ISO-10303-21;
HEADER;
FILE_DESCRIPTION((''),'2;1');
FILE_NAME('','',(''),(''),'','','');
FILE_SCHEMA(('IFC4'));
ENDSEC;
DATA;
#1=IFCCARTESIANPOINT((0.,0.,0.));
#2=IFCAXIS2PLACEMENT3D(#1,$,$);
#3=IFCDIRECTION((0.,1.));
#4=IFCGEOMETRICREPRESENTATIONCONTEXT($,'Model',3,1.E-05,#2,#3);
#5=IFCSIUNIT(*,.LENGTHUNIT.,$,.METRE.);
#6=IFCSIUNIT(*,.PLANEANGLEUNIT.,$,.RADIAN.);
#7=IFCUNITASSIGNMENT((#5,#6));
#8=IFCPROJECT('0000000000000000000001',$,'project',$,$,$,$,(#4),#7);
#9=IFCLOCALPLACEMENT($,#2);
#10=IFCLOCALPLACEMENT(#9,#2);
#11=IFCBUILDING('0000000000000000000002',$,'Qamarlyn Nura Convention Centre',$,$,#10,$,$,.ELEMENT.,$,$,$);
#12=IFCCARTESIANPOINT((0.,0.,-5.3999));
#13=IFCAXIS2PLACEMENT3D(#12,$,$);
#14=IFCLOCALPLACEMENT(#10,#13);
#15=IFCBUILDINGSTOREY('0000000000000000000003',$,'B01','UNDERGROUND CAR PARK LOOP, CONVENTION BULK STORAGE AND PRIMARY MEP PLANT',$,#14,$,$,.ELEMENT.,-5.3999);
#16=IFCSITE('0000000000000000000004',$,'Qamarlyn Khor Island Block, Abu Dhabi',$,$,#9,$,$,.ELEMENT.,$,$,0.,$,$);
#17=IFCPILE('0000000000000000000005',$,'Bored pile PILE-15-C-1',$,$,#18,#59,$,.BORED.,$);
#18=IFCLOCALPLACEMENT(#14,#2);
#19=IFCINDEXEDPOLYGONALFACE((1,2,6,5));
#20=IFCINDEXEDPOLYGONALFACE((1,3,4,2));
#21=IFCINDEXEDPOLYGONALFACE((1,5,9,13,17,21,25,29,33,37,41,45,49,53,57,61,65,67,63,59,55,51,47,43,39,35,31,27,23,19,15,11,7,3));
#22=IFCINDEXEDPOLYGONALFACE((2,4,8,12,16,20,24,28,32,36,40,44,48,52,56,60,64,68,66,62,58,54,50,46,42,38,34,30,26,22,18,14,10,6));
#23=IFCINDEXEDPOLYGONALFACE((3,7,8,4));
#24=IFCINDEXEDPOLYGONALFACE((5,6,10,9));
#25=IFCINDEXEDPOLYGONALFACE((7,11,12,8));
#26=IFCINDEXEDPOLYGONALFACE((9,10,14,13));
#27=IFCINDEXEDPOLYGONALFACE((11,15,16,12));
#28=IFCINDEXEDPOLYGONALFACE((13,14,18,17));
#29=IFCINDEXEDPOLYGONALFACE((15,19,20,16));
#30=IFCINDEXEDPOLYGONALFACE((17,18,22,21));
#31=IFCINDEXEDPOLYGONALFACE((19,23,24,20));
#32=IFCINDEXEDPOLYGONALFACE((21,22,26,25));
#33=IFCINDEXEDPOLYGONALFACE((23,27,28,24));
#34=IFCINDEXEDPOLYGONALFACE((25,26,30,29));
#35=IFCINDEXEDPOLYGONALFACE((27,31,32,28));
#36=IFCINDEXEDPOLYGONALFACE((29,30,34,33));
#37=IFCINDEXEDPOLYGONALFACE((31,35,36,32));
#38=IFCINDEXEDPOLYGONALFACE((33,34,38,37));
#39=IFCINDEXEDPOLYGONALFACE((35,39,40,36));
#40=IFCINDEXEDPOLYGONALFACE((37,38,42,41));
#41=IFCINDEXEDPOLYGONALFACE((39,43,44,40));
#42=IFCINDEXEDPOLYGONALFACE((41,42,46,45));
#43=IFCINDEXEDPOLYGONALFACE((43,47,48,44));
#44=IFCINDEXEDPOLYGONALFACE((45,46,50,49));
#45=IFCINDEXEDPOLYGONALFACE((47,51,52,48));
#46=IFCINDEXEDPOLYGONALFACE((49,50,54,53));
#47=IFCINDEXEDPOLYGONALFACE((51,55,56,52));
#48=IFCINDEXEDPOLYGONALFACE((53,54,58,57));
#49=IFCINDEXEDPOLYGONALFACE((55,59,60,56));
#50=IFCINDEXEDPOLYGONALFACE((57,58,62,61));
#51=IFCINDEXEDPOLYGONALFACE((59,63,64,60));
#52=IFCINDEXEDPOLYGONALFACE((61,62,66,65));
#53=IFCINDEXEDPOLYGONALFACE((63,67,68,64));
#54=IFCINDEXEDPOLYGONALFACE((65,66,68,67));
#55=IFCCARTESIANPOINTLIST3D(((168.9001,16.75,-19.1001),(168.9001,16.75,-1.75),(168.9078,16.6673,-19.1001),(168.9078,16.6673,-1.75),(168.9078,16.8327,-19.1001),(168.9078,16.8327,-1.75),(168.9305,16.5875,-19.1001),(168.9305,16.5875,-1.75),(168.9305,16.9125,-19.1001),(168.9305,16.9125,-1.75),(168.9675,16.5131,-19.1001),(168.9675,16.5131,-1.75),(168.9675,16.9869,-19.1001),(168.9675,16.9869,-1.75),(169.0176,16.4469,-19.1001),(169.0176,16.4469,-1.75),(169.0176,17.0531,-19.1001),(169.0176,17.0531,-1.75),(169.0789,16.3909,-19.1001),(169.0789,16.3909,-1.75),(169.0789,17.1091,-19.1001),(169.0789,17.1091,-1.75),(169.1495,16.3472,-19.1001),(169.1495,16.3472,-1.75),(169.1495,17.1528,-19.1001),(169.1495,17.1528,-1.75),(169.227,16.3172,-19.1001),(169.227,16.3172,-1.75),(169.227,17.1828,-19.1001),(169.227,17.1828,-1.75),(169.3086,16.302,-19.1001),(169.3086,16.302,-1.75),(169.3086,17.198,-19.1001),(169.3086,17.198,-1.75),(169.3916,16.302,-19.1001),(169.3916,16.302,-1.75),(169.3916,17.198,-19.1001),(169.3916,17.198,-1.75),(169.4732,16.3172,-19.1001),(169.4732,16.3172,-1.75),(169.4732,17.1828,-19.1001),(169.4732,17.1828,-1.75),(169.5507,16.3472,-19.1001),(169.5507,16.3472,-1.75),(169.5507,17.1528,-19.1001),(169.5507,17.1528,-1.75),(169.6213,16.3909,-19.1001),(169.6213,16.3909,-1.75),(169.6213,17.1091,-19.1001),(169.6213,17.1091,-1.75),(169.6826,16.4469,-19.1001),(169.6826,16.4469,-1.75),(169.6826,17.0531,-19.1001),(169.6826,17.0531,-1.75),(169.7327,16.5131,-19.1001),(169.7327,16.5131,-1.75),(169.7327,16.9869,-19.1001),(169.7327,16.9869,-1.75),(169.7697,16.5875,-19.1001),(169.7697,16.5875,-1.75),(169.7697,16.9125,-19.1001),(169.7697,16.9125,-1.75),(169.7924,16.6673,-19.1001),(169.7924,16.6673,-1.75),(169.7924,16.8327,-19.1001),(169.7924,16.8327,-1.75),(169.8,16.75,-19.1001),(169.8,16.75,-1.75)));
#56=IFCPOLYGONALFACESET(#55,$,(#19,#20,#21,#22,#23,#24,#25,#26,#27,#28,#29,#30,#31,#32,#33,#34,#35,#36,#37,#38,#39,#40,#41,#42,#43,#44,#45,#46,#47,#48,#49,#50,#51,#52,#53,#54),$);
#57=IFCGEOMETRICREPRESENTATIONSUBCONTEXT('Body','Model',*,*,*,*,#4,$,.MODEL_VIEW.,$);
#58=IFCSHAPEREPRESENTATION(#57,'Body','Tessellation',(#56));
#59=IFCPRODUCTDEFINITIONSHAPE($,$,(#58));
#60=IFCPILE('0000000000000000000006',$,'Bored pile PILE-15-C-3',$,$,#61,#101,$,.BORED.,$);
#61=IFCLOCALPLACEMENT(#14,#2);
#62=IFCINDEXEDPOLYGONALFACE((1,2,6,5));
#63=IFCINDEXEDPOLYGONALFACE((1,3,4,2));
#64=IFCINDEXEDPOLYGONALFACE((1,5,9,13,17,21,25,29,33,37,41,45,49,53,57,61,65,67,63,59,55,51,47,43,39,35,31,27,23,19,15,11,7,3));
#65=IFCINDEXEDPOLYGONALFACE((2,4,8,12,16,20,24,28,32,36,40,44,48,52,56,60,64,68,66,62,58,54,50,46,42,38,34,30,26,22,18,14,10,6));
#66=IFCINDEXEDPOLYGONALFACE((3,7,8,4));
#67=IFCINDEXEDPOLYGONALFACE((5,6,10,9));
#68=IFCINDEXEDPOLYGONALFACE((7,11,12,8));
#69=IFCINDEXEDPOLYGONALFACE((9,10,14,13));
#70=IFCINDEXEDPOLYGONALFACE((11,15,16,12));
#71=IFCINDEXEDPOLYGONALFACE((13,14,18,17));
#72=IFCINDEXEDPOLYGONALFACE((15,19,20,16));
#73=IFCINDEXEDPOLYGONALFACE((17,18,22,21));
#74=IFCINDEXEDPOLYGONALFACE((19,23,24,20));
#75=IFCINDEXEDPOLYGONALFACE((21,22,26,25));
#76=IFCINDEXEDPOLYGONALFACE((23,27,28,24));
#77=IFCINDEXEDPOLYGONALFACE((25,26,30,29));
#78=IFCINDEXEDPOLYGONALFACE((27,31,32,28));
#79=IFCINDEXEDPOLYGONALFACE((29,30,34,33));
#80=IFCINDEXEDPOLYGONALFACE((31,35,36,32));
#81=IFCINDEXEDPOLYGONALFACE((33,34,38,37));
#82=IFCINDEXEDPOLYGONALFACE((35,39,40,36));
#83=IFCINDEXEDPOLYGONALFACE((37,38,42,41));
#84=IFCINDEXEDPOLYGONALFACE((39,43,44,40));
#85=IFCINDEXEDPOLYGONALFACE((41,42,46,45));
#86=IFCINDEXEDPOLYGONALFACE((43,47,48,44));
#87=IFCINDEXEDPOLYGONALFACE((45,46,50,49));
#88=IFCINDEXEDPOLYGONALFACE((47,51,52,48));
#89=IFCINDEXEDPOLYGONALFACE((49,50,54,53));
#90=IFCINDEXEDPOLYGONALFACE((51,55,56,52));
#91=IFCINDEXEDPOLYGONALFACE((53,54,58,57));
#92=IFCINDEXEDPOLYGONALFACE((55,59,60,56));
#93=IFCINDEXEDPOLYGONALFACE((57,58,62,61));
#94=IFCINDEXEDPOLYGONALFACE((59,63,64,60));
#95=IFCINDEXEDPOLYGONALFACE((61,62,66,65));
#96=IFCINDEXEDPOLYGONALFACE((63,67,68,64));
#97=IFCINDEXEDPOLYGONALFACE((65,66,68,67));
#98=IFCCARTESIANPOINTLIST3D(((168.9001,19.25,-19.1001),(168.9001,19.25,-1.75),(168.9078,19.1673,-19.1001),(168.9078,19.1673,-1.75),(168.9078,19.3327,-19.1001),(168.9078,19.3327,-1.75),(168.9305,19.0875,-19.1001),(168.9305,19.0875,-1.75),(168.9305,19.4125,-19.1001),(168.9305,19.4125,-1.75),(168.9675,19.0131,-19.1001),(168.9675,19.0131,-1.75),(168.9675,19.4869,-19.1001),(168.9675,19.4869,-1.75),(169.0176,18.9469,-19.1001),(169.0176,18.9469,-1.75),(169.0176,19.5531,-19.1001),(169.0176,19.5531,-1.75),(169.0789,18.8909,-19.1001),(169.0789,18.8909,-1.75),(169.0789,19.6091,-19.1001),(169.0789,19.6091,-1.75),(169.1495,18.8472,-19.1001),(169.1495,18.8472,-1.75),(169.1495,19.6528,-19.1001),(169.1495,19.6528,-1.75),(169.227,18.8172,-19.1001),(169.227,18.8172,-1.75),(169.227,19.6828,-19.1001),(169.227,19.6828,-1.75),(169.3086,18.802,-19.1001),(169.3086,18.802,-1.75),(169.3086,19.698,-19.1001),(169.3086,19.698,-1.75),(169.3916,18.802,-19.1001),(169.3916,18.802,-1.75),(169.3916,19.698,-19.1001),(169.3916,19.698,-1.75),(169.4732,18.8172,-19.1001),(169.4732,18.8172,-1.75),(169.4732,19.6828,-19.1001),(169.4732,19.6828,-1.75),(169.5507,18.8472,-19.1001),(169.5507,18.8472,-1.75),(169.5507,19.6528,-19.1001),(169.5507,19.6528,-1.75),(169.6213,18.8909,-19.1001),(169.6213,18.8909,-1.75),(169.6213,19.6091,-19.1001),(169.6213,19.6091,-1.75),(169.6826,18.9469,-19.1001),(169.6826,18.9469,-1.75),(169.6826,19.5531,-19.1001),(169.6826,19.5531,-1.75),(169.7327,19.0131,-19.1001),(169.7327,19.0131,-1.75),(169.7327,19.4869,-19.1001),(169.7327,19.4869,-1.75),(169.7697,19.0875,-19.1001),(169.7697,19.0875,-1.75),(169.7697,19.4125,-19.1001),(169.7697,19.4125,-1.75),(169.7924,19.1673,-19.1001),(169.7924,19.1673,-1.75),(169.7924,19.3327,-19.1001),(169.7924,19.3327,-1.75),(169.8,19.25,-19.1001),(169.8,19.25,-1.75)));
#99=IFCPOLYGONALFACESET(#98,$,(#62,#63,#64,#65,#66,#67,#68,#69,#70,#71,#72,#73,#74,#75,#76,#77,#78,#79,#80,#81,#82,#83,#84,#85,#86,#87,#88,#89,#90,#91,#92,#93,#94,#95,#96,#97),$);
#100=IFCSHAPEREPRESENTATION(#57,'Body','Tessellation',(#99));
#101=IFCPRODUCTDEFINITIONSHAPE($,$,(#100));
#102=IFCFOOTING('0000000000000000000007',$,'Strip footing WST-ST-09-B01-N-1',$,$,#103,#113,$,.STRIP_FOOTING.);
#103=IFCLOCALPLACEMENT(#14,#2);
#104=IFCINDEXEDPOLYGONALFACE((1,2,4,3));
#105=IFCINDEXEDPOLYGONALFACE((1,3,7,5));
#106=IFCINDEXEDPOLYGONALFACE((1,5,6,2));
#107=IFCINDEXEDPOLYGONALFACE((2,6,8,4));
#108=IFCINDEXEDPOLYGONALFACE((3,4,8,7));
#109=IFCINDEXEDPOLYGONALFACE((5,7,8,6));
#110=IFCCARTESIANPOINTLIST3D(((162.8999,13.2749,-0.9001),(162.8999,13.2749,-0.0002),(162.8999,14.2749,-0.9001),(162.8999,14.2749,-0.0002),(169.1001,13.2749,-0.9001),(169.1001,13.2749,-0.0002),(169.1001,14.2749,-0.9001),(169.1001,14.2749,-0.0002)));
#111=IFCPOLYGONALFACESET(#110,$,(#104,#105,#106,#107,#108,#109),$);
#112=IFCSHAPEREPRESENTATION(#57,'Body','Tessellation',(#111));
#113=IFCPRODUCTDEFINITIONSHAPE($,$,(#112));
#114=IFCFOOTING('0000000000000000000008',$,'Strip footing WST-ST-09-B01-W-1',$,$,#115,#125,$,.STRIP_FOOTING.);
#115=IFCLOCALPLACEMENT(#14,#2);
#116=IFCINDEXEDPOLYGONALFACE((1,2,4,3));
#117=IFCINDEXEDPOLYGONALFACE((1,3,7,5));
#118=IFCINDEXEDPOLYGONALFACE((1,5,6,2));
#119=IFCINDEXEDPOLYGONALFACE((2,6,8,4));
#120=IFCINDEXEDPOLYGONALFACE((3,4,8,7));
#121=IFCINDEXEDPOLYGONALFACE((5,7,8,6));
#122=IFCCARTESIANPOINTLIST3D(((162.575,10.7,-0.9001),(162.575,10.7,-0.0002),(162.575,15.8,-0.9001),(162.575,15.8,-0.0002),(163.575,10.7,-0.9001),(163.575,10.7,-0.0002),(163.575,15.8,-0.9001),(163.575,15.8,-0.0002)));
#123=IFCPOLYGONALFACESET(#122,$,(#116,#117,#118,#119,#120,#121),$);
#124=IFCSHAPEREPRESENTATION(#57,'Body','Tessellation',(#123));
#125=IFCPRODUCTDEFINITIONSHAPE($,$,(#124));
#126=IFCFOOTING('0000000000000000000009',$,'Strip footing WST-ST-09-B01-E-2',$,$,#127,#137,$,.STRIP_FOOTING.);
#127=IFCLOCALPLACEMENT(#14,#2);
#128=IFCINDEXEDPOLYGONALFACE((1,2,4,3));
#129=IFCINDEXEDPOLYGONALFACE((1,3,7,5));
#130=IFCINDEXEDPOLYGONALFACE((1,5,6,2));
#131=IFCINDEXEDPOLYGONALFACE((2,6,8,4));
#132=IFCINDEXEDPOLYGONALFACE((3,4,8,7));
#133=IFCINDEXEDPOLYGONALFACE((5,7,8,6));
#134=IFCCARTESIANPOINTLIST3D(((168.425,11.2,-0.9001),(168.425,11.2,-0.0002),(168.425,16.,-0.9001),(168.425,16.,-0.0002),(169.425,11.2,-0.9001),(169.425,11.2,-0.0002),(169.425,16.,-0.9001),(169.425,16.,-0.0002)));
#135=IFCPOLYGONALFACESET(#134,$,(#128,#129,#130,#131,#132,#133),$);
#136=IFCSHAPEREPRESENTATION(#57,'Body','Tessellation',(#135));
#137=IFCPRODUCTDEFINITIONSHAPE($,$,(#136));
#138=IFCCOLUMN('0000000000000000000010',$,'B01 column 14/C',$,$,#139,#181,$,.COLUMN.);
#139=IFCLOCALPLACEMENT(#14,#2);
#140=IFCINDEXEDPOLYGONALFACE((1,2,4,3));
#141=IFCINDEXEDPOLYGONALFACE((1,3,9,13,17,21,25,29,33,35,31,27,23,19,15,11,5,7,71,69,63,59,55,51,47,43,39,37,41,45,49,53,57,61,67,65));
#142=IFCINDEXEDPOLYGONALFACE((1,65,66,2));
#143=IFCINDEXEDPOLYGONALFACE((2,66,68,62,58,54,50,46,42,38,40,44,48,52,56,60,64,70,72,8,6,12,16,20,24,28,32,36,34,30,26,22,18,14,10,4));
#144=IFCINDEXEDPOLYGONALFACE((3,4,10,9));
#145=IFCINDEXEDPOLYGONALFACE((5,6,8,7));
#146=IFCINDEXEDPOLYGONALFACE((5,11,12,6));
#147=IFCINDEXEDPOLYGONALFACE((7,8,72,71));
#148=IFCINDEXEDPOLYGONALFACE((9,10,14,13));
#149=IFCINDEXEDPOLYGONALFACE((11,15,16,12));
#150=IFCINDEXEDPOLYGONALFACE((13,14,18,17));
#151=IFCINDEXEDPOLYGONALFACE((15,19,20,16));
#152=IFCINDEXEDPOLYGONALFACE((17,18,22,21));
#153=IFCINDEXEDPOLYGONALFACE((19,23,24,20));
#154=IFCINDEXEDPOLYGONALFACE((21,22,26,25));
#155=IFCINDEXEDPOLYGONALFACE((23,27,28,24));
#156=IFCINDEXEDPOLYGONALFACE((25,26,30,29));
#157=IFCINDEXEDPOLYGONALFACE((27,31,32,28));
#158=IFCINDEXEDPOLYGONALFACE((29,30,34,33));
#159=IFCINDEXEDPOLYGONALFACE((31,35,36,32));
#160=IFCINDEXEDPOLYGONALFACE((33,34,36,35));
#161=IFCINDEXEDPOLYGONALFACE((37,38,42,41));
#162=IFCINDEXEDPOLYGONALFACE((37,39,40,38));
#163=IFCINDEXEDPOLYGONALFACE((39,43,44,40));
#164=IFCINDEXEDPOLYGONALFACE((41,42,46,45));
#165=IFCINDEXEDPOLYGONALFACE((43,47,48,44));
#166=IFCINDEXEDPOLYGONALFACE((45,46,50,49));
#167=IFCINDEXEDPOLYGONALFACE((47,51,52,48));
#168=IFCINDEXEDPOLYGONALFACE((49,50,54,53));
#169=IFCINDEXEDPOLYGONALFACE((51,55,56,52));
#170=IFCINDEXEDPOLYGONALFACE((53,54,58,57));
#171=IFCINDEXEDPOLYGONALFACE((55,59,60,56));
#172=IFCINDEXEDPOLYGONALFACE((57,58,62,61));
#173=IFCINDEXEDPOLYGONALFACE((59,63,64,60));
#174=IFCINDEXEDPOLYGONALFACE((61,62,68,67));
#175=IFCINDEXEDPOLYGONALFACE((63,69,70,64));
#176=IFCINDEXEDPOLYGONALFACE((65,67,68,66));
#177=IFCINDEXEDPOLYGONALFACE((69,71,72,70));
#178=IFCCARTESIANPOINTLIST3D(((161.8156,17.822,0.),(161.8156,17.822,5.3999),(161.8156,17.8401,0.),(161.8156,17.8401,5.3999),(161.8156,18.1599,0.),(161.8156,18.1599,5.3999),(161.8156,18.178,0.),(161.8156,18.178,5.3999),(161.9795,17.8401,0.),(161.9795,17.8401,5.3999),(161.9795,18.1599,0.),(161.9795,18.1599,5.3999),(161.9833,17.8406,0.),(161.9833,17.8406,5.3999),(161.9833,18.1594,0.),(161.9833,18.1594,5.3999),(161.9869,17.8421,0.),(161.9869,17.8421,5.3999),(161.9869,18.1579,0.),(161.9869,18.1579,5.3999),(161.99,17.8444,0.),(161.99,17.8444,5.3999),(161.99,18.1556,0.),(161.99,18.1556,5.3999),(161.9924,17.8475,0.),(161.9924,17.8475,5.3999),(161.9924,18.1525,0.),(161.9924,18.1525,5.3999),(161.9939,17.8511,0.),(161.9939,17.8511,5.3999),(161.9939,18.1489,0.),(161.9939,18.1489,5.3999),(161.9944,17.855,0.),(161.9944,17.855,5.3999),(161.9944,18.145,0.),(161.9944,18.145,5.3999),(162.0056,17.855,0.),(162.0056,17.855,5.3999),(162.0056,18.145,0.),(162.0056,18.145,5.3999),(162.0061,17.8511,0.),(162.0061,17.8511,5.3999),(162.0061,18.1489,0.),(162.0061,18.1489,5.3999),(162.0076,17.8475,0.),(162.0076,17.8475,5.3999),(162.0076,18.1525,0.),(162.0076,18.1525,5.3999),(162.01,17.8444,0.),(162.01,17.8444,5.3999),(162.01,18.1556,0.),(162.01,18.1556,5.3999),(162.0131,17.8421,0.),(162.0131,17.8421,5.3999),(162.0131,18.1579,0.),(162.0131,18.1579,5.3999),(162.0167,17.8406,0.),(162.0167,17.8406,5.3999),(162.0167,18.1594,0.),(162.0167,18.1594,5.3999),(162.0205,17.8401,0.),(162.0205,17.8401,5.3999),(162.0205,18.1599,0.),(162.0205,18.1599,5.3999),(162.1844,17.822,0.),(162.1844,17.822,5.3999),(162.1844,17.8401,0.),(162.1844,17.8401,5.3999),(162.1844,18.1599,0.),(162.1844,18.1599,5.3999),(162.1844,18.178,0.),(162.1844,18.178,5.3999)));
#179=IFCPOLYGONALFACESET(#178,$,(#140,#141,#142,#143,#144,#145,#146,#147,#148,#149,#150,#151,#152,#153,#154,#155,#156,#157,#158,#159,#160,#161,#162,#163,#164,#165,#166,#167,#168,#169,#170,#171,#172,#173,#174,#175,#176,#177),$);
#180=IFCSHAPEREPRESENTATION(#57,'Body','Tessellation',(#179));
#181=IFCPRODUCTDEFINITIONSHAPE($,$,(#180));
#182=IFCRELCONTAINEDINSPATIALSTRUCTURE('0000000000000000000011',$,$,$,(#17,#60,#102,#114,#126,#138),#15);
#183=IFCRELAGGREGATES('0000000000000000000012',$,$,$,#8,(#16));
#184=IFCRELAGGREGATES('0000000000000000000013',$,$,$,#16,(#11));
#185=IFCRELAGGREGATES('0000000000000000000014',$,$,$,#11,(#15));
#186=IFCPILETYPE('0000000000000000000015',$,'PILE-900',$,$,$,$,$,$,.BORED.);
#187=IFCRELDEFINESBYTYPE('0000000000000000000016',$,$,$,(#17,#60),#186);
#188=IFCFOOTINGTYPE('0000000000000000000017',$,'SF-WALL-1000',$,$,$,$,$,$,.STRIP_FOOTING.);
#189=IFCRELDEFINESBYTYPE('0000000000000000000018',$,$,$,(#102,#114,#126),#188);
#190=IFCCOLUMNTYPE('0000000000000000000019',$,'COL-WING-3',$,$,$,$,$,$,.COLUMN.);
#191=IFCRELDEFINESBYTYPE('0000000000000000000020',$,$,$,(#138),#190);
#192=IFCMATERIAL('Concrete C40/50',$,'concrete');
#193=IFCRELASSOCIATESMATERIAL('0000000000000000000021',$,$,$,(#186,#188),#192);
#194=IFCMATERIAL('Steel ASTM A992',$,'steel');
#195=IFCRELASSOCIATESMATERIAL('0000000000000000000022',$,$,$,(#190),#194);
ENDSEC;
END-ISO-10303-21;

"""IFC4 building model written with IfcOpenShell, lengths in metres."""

from ifc_helpers import new_model, si_unit, direction, frame, origin, origin_2d, place, context, subcontext, project, spatial, rectangle, circle, i_section, extrude, material, material_profile, profile_set, type_object, element, save


model = new_model("IFC4")

# Units and contexts
model_context = context("Model", 3, precision=1e-05, world=origin(), true_north=direction((0.0, 1.0)))
body_context = subcontext(model_context, "Body", "Model", "MODEL_VIEW")
ifc_project = project(units=[si_unit("LENGTHUNIT", "METRE"), si_unit("PLANEANGLEUNIT", "RADIAN")], contexts=[model_context])

# Site, building, storey
site_placement = place(None, origin())
site = spatial("IfcSite", under=ifc_project, at=site_placement, Name="Qamarlyn Khor Island Block, Abu Dhabi", CompositionType="ELEMENT", RefElevation=0.0)
building_placement = place(site_placement, origin())
building = spatial("IfcBuilding", under=site, at=building_placement, Name="Qamarlyn Nura Convention Centre", CompositionType="ELEMENT")
storey_placement = place(building_placement, frame((0.0, 0.0, -5.3999)))
storey = spatial("IfcBuildingStorey", under=building, at=storey_placement, Name="B01", Description="UNDERGROUND CAR PARK LOOP, CONVENTION BULK STORAGE AND PRIMARY MEP PLANT", CompositionType="ELEMENT", Elevation=-5.3999)

# Shared definitions
ifc_material_1 = material(Name="Concrete C40/50", Category="concrete")

# Piles
ifc_material_profile_1 = material_profile(ifc_material_1, circle(Radius=0.45, at=origin_2d()), Name="BORED PILE 900")
ifc_profile_set_1 = profile_set([ifc_material_profile_1], Name="Concrete C40/50")
pile_type_1 = type_object("IfcPileType", Name="PILE-900", PredefinedType="BORED", material=ifc_profile_set_1)
for number, where, z_axis, x_axis, name in (
    (1, (169.3501, 16.75, -1.75), (0.0, 0.0, -1.0), (1.0, 0.0, 0.0), "Bored pile PILE-15-C-1"),
    (2, (169.3501, 19.25, -1.75), (0.0, 0.0, -1.0), (1.0, 0.0, 0.0), "Bored pile PILE-15-C-3"),
):
    element("IfcPile", number, at=place(storey_placement, frame(where, z_axis=z_axis, x_axis=x_axis)), inside=storey, type_object=pile_type_1, Name=name, PredefinedType="BORED", context=body_context, shape_type="SweptSolid", body=[
        extrude(circle(Radius=0.45, at=origin_2d()), origin(), (0.0, 0.0, 1.0), 17.3501),
    ])

# Footings
ifc_material_profile_2 = material_profile(ifc_material_1, rectangle(XDim=1.0, YDim=0.8999, at=origin_2d()), Name="RC STRIP 1000x900")
ifc_profile_set_2 = profile_set([ifc_material_profile_2], Name="Concrete C40/50")
footing_type_1 = type_object("IfcFootingType", Name="SF-WALL-1000", PredefinedType="STRIP_FOOTING", material=ifc_profile_set_2)
footing_1_placement = place(storey_placement, frame((169.1001, 13.7749, -0.4502), z_axis=(-1.0, 0.0, 0.0), x_axis=(0.0, -1.0, 0.0)))
element("IfcFooting", 3, at=footing_1_placement, inside=storey, type_object=footing_type_1, Name="Strip footing WST-ST-09-B01-N-1", PredefinedType="STRIP_FOOTING", context=body_context, shape_type="SweptSolid", body=[
    extrude(rectangle(XDim=1.0, YDim=0.8999, at=origin_2d()), origin(), (0.0, 0.0, 1.0), 6.2002),
])
footing_2_placement = place(storey_placement, frame((163.075, 15.8, -0.4502), z_axis=(0.0, -1.0, 0.0), x_axis=(1.0, 0.0, 0.0)))
element("IfcFooting", 4, at=footing_2_placement, inside=storey, type_object=footing_type_1, Name="Strip footing WST-ST-09-B01-W-1", PredefinedType="STRIP_FOOTING", context=body_context, shape_type="SweptSolid", body=[
    extrude(rectangle(XDim=1.0, YDim=0.8999, at=origin_2d()), origin(), (0.0, 0.0, 1.0), 5.1001),
])
footing_3_placement = place(storey_placement, frame((168.925, 11.2, -0.4502), z_axis=(0.0, 1.0, 0.0), x_axis=(-1.0, 0.0, 0.0)))
element("IfcFooting", 5, at=footing_3_placement, inside=storey, type_object=footing_type_1, Name="Strip footing WST-ST-09-B01-E-2", PredefinedType="STRIP_FOOTING", context=body_context, shape_type="SweptSolid", body=[
    extrude(rectangle(XDim=1.0, YDim=0.8999, at=origin_2d()), origin(), (0.0, 0.0, 1.0), 4.8),
])

# Column
ifc_material_2 = material(Name="Steel ASTM A992", Category="steel")
ifc_material_profile_3 = material_profile(ifc_material_2, i_section(OverallWidth=0.3689, OverallDepth=0.356, WebThickness=0.0112, FlangeThickness=0.0181, FilletRadius=0.0149, at=origin_2d()), Name="W360X134")
ifc_profile_set_3 = profile_set([ifc_material_profile_3], Name="Steel ASTM A992")
column_type_1 = type_object("IfcColumnType", Name="COL-WING-3", PredefinedType="COLUMN", material=ifc_profile_set_3)
column_1_placement = place(storey_placement, frame((162.0, 18.0, 0.0), z_axis=(0.0, 0.0, 1.0), x_axis=(1.0, 0.0, 0.0)))
element("IfcColumn", 6, at=column_1_placement, inside=storey, type_object=column_type_1, Name="B01 column 14/C", PredefinedType="COLUMN", context=body_context, shape_type="SweptSolid", body=[
    extrude(i_section(OverallWidth=0.3689, OverallDepth=0.356, WebThickness=0.0112, FlangeThickness=0.0181, FilletRadius=0.0149, at=origin_2d()), origin(), (0.0, 0.0, 1.0), 5.3999),
])

save(model, "model.ifc")
